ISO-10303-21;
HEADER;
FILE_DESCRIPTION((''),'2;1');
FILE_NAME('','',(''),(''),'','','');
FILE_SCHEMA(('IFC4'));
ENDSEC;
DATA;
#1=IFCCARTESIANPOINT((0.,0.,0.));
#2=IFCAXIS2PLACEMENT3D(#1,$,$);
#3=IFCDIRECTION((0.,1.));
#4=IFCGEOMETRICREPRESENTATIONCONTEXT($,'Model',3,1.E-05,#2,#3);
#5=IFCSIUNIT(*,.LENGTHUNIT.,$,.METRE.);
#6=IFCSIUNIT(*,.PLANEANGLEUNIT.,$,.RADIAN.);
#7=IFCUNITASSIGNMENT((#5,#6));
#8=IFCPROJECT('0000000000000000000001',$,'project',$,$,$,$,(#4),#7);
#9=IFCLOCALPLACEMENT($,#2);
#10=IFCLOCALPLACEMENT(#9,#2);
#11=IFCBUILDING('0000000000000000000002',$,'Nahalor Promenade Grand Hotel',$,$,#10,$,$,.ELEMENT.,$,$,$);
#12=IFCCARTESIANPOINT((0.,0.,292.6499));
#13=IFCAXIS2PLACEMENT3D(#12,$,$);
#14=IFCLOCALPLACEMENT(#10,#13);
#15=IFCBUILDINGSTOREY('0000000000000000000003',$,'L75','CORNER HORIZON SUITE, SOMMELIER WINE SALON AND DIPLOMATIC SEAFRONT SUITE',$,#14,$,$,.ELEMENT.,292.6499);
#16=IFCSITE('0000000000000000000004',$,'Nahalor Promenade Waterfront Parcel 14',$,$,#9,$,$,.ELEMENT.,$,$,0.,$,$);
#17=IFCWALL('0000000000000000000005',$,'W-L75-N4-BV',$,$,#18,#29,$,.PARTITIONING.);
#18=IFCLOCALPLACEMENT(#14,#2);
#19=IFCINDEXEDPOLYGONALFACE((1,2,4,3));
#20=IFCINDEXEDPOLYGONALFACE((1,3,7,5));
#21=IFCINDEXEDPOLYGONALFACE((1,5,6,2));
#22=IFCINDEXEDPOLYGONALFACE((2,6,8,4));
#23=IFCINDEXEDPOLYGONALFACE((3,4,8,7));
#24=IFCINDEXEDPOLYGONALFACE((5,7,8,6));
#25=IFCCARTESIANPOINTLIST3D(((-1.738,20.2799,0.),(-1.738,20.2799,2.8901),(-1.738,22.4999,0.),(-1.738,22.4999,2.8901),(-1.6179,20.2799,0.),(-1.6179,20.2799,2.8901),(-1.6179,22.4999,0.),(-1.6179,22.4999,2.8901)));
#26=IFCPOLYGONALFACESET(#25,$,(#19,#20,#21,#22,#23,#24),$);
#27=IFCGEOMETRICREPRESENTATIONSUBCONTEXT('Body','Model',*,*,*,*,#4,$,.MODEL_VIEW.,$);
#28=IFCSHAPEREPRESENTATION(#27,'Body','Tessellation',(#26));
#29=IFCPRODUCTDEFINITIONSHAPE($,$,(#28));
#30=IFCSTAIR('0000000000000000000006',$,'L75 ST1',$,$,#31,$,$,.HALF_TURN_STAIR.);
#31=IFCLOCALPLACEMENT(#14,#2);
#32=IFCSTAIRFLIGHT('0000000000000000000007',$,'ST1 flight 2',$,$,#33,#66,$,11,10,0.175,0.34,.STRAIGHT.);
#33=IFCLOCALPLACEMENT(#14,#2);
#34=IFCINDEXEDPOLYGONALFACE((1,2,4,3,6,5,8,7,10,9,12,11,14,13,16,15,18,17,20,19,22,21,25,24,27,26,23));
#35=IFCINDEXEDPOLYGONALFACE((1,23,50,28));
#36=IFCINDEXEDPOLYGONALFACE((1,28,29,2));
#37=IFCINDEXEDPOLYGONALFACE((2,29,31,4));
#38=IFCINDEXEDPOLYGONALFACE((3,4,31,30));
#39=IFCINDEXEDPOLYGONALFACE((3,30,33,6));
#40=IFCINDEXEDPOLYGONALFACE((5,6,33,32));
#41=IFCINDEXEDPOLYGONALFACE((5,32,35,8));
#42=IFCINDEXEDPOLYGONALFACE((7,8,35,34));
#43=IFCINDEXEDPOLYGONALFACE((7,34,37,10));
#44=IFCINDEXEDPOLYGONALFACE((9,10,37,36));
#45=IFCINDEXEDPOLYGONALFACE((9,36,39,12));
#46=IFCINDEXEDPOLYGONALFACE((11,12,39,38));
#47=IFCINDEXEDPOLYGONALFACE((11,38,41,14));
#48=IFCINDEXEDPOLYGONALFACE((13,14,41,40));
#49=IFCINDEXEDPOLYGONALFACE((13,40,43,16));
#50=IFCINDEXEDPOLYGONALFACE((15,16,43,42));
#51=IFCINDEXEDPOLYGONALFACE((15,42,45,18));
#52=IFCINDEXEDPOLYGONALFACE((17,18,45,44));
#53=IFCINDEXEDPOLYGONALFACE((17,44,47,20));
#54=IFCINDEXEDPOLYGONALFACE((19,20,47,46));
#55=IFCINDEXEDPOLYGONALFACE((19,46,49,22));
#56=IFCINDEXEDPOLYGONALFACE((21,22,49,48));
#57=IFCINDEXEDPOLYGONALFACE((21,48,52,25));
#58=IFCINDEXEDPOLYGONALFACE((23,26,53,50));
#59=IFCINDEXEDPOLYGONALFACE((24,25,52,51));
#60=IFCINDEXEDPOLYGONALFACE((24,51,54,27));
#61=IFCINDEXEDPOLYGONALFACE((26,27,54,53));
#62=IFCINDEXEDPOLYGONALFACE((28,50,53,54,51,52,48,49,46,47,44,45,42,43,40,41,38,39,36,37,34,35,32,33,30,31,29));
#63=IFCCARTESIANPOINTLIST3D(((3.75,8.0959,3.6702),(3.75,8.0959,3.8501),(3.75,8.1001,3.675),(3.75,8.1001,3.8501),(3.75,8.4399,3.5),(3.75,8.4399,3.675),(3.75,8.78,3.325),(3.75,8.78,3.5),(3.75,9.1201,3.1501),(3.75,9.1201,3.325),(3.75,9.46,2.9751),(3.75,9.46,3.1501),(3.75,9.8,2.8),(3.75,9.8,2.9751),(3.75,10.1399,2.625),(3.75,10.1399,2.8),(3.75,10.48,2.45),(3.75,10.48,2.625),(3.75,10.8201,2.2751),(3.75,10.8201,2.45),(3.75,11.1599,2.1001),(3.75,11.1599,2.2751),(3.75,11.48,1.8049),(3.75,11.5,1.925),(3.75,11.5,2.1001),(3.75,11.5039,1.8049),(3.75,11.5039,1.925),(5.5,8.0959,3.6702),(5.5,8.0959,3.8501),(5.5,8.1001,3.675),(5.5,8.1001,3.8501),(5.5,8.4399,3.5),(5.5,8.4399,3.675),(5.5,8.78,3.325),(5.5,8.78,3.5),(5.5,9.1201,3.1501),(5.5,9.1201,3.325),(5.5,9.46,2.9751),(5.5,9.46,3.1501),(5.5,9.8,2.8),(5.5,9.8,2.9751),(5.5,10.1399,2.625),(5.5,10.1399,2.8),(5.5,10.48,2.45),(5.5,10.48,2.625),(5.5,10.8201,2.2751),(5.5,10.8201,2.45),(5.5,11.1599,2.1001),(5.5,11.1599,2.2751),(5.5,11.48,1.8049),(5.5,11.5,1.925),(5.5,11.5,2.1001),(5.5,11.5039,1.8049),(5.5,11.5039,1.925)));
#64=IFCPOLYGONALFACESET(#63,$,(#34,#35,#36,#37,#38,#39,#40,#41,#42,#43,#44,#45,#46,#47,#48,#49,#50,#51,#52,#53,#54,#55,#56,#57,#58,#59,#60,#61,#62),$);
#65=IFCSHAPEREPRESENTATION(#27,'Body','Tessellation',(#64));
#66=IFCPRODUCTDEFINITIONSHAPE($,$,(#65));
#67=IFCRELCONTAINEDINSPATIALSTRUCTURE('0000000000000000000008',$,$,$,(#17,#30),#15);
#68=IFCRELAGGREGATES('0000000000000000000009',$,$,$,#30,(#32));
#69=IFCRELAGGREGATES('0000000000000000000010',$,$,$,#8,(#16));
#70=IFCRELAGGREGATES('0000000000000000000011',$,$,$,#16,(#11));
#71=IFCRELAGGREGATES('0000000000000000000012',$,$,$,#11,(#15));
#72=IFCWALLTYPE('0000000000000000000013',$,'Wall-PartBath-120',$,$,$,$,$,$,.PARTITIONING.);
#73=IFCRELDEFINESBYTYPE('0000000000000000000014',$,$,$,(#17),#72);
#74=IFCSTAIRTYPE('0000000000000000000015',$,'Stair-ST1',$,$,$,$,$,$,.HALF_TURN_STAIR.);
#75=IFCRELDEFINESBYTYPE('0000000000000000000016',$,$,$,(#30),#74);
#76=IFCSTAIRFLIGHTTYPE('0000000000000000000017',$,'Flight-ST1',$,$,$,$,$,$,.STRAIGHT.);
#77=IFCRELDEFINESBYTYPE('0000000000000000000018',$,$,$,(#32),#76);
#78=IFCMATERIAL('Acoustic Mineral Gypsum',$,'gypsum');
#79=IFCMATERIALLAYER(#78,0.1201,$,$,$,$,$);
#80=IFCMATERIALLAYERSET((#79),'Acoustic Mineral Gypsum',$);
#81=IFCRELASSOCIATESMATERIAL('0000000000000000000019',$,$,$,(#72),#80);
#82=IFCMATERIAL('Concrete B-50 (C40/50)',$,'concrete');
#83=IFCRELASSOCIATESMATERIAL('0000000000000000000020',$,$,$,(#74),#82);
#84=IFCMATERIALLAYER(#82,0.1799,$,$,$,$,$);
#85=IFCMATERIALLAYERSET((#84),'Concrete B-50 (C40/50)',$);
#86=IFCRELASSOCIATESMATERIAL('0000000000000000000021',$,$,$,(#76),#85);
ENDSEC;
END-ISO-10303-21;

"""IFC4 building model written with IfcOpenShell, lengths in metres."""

from ifc_helpers import new_model, si_unit, direction, frame, frame_2d, origin, place, context, subcontext, project, spatial, polyline, rectangle, outline, extrude, source, transform, mapped, material, layer, layer_set, type_object, element, aggregate, save


model = new_model("IFC4")

# Units and contexts
model_context = context("Model", 3, precision=1e-05, world=origin(), true_north=direction((0.0, 1.0)))
body_context = subcontext(model_context, "Body", "Model", "MODEL_VIEW")
ifc_project = project(units=[si_unit("LENGTHUNIT", "METRE"), si_unit("PLANEANGLEUNIT", "RADIAN")], contexts=[model_context])

# Site, building, storey
site_placement = place(None, origin())
site = spatial("IfcSite", under=ifc_project, at=site_placement, Name="Nahalor Promenade Waterfront Parcel 14", CompositionType="ELEMENT", RefElevation=0.0)
building_placement = place(site_placement, origin())
building = spatial("IfcBuilding", under=site, at=building_placement, Name="Nahalor Promenade Grand Hotel", CompositionType="ELEMENT")
storey_placement = place(building_placement, frame((0.0, 0.0, 292.6499)))
storey = spatial("IfcBuildingStorey", under=building, at=storey_placement, Name="L75", Description="CORNER HORIZON SUITE, SOMMELIER WINE SALON AND DIPLOMATIC SEAFRONT SUITE", CompositionType="ELEMENT", Elevation=292.6499)

# Shared definitions
ifc_material_1 = material(Name="Concrete B-50 (C40/50)", Category="concrete")

# Shared definitions
ifc_material_2 = material(Name="Acoustic Mineral Gypsum", Category="gypsum")
ifc_layer_1 = layer(ifc_material_2, 0.1201)
ifc_layer_set_1 = layer_set([ifc_layer_1], Name="Acoustic Mineral Gypsum")
wall_type_1 = type_object("IfcWallType", Name="Wall-PartBath-120", PredefinedType="PARTITIONING", material=ifc_layer_set_1)

# Wall
shared_shape_1 = source(origin(), body_context, "Body", "SweptSolid", [
    extrude(rectangle(XDim=2.22, YDim=0.1201, at=frame_2d((1.1099, 0.0))), origin(), (0.0, 0.0, 1.0), 2.8901),
])
for number, where, z_axis, x_axis, name in (
    (1, (-1.678, 20.28, 0.0), (0.0, 0.0, 1.0), (0.0, 1.0, 0.0), "W-L75-N4-BV"),
):
    element("IfcWall", number, at=place(storey_placement, frame(where, z_axis=z_axis, x_axis=x_axis)), inside=storey, type_object=wall_type_1, Name=name, PredefinedType="PARTITIONING", context=body_context, shape_type="MappedRepresentation", body=[
        mapped(shared_shape_1, transform((0.0, 0.0, 0.0), scale=1.0)),
    ])

# Stair, stair flight
stair_type = type_object("IfcStairType", Name="Stair-ST1", PredefinedType="HALF_TURN_STAIR", material=ifc_material_1)
stair_placement = place(storey_placement, origin())
stair = element("IfcStair", 2, at=stair_placement, inside=storey, type_object=stair_type, Name="L75 ST1", PredefinedType="HALF_TURN_STAIR")
ifc_layer_2 = layer(ifc_material_1, 0.1799)
ifc_layer_set_2 = layer_set([ifc_layer_2], Name="Concrete B-50 (C40/50)")
stair_flight_type = type_object("IfcStairFlightType", Name="Flight-ST1", PredefinedType="STRAIGHT", material=ifc_layer_set_2)
shared_shape_2 = source(origin(), body_context, "Body", "SweptSolid", [
    extrude(outline(polyline([(-0.0039, -0.1201), (-0.0039, 0.0), (0.0, 0.0), (0.0, 0.175), (0.3401, 0.175), (0.3401, 0.3501), (0.6799, 0.3501), (0.6799, 0.5249), (1.02, 0.5249), (1.02, 0.7), (1.3601, 0.7), (1.3601, 0.875), (1.7, 0.875), (1.7, 1.05), (2.04, 1.05), (2.04, 1.2251), (2.3799, 1.2251), (2.3799, 1.3999), (2.72, 1.3999), (2.72, 1.575), (3.0601, 1.575), (3.0601, 1.75), (3.3999, 1.75), (3.3999, 1.925), (3.4041, 1.925), (3.4041, 1.7451), (0.02, -0.1201), (-0.0039, -0.1201)])), frame((0.0, 0.875, 0.0), z_axis=(0.0, -1.0, 0.0), x_axis=(1.0, 0.0, 0.0)), (0.0, 0.0, 1.0), 1.75),
])
stair_flight_placement = place(storey_placement, frame((4.625, 11.5, 1.925), z_axis=(0.0, 0.0, 1.0), x_axis=(0.0, -1.0, 0.0)))
stair_flight = element("IfcStairFlight", 3, at=stair_flight_placement, type_object=stair_flight_type, Name="ST1 flight 2", NumberOfRisers=11, NumberOfTreads=10, PredefinedType="STRAIGHT", RiserHeight=0.175, TreadLength=0.34, context=body_context, shape_type="MappedRepresentation", body=[
    mapped(shared_shape_2, transform((0.0, 0.0, 0.0), scale=1.0)),
])
aggregate(stair, [stair_flight])

save(model, "model.ifc")
